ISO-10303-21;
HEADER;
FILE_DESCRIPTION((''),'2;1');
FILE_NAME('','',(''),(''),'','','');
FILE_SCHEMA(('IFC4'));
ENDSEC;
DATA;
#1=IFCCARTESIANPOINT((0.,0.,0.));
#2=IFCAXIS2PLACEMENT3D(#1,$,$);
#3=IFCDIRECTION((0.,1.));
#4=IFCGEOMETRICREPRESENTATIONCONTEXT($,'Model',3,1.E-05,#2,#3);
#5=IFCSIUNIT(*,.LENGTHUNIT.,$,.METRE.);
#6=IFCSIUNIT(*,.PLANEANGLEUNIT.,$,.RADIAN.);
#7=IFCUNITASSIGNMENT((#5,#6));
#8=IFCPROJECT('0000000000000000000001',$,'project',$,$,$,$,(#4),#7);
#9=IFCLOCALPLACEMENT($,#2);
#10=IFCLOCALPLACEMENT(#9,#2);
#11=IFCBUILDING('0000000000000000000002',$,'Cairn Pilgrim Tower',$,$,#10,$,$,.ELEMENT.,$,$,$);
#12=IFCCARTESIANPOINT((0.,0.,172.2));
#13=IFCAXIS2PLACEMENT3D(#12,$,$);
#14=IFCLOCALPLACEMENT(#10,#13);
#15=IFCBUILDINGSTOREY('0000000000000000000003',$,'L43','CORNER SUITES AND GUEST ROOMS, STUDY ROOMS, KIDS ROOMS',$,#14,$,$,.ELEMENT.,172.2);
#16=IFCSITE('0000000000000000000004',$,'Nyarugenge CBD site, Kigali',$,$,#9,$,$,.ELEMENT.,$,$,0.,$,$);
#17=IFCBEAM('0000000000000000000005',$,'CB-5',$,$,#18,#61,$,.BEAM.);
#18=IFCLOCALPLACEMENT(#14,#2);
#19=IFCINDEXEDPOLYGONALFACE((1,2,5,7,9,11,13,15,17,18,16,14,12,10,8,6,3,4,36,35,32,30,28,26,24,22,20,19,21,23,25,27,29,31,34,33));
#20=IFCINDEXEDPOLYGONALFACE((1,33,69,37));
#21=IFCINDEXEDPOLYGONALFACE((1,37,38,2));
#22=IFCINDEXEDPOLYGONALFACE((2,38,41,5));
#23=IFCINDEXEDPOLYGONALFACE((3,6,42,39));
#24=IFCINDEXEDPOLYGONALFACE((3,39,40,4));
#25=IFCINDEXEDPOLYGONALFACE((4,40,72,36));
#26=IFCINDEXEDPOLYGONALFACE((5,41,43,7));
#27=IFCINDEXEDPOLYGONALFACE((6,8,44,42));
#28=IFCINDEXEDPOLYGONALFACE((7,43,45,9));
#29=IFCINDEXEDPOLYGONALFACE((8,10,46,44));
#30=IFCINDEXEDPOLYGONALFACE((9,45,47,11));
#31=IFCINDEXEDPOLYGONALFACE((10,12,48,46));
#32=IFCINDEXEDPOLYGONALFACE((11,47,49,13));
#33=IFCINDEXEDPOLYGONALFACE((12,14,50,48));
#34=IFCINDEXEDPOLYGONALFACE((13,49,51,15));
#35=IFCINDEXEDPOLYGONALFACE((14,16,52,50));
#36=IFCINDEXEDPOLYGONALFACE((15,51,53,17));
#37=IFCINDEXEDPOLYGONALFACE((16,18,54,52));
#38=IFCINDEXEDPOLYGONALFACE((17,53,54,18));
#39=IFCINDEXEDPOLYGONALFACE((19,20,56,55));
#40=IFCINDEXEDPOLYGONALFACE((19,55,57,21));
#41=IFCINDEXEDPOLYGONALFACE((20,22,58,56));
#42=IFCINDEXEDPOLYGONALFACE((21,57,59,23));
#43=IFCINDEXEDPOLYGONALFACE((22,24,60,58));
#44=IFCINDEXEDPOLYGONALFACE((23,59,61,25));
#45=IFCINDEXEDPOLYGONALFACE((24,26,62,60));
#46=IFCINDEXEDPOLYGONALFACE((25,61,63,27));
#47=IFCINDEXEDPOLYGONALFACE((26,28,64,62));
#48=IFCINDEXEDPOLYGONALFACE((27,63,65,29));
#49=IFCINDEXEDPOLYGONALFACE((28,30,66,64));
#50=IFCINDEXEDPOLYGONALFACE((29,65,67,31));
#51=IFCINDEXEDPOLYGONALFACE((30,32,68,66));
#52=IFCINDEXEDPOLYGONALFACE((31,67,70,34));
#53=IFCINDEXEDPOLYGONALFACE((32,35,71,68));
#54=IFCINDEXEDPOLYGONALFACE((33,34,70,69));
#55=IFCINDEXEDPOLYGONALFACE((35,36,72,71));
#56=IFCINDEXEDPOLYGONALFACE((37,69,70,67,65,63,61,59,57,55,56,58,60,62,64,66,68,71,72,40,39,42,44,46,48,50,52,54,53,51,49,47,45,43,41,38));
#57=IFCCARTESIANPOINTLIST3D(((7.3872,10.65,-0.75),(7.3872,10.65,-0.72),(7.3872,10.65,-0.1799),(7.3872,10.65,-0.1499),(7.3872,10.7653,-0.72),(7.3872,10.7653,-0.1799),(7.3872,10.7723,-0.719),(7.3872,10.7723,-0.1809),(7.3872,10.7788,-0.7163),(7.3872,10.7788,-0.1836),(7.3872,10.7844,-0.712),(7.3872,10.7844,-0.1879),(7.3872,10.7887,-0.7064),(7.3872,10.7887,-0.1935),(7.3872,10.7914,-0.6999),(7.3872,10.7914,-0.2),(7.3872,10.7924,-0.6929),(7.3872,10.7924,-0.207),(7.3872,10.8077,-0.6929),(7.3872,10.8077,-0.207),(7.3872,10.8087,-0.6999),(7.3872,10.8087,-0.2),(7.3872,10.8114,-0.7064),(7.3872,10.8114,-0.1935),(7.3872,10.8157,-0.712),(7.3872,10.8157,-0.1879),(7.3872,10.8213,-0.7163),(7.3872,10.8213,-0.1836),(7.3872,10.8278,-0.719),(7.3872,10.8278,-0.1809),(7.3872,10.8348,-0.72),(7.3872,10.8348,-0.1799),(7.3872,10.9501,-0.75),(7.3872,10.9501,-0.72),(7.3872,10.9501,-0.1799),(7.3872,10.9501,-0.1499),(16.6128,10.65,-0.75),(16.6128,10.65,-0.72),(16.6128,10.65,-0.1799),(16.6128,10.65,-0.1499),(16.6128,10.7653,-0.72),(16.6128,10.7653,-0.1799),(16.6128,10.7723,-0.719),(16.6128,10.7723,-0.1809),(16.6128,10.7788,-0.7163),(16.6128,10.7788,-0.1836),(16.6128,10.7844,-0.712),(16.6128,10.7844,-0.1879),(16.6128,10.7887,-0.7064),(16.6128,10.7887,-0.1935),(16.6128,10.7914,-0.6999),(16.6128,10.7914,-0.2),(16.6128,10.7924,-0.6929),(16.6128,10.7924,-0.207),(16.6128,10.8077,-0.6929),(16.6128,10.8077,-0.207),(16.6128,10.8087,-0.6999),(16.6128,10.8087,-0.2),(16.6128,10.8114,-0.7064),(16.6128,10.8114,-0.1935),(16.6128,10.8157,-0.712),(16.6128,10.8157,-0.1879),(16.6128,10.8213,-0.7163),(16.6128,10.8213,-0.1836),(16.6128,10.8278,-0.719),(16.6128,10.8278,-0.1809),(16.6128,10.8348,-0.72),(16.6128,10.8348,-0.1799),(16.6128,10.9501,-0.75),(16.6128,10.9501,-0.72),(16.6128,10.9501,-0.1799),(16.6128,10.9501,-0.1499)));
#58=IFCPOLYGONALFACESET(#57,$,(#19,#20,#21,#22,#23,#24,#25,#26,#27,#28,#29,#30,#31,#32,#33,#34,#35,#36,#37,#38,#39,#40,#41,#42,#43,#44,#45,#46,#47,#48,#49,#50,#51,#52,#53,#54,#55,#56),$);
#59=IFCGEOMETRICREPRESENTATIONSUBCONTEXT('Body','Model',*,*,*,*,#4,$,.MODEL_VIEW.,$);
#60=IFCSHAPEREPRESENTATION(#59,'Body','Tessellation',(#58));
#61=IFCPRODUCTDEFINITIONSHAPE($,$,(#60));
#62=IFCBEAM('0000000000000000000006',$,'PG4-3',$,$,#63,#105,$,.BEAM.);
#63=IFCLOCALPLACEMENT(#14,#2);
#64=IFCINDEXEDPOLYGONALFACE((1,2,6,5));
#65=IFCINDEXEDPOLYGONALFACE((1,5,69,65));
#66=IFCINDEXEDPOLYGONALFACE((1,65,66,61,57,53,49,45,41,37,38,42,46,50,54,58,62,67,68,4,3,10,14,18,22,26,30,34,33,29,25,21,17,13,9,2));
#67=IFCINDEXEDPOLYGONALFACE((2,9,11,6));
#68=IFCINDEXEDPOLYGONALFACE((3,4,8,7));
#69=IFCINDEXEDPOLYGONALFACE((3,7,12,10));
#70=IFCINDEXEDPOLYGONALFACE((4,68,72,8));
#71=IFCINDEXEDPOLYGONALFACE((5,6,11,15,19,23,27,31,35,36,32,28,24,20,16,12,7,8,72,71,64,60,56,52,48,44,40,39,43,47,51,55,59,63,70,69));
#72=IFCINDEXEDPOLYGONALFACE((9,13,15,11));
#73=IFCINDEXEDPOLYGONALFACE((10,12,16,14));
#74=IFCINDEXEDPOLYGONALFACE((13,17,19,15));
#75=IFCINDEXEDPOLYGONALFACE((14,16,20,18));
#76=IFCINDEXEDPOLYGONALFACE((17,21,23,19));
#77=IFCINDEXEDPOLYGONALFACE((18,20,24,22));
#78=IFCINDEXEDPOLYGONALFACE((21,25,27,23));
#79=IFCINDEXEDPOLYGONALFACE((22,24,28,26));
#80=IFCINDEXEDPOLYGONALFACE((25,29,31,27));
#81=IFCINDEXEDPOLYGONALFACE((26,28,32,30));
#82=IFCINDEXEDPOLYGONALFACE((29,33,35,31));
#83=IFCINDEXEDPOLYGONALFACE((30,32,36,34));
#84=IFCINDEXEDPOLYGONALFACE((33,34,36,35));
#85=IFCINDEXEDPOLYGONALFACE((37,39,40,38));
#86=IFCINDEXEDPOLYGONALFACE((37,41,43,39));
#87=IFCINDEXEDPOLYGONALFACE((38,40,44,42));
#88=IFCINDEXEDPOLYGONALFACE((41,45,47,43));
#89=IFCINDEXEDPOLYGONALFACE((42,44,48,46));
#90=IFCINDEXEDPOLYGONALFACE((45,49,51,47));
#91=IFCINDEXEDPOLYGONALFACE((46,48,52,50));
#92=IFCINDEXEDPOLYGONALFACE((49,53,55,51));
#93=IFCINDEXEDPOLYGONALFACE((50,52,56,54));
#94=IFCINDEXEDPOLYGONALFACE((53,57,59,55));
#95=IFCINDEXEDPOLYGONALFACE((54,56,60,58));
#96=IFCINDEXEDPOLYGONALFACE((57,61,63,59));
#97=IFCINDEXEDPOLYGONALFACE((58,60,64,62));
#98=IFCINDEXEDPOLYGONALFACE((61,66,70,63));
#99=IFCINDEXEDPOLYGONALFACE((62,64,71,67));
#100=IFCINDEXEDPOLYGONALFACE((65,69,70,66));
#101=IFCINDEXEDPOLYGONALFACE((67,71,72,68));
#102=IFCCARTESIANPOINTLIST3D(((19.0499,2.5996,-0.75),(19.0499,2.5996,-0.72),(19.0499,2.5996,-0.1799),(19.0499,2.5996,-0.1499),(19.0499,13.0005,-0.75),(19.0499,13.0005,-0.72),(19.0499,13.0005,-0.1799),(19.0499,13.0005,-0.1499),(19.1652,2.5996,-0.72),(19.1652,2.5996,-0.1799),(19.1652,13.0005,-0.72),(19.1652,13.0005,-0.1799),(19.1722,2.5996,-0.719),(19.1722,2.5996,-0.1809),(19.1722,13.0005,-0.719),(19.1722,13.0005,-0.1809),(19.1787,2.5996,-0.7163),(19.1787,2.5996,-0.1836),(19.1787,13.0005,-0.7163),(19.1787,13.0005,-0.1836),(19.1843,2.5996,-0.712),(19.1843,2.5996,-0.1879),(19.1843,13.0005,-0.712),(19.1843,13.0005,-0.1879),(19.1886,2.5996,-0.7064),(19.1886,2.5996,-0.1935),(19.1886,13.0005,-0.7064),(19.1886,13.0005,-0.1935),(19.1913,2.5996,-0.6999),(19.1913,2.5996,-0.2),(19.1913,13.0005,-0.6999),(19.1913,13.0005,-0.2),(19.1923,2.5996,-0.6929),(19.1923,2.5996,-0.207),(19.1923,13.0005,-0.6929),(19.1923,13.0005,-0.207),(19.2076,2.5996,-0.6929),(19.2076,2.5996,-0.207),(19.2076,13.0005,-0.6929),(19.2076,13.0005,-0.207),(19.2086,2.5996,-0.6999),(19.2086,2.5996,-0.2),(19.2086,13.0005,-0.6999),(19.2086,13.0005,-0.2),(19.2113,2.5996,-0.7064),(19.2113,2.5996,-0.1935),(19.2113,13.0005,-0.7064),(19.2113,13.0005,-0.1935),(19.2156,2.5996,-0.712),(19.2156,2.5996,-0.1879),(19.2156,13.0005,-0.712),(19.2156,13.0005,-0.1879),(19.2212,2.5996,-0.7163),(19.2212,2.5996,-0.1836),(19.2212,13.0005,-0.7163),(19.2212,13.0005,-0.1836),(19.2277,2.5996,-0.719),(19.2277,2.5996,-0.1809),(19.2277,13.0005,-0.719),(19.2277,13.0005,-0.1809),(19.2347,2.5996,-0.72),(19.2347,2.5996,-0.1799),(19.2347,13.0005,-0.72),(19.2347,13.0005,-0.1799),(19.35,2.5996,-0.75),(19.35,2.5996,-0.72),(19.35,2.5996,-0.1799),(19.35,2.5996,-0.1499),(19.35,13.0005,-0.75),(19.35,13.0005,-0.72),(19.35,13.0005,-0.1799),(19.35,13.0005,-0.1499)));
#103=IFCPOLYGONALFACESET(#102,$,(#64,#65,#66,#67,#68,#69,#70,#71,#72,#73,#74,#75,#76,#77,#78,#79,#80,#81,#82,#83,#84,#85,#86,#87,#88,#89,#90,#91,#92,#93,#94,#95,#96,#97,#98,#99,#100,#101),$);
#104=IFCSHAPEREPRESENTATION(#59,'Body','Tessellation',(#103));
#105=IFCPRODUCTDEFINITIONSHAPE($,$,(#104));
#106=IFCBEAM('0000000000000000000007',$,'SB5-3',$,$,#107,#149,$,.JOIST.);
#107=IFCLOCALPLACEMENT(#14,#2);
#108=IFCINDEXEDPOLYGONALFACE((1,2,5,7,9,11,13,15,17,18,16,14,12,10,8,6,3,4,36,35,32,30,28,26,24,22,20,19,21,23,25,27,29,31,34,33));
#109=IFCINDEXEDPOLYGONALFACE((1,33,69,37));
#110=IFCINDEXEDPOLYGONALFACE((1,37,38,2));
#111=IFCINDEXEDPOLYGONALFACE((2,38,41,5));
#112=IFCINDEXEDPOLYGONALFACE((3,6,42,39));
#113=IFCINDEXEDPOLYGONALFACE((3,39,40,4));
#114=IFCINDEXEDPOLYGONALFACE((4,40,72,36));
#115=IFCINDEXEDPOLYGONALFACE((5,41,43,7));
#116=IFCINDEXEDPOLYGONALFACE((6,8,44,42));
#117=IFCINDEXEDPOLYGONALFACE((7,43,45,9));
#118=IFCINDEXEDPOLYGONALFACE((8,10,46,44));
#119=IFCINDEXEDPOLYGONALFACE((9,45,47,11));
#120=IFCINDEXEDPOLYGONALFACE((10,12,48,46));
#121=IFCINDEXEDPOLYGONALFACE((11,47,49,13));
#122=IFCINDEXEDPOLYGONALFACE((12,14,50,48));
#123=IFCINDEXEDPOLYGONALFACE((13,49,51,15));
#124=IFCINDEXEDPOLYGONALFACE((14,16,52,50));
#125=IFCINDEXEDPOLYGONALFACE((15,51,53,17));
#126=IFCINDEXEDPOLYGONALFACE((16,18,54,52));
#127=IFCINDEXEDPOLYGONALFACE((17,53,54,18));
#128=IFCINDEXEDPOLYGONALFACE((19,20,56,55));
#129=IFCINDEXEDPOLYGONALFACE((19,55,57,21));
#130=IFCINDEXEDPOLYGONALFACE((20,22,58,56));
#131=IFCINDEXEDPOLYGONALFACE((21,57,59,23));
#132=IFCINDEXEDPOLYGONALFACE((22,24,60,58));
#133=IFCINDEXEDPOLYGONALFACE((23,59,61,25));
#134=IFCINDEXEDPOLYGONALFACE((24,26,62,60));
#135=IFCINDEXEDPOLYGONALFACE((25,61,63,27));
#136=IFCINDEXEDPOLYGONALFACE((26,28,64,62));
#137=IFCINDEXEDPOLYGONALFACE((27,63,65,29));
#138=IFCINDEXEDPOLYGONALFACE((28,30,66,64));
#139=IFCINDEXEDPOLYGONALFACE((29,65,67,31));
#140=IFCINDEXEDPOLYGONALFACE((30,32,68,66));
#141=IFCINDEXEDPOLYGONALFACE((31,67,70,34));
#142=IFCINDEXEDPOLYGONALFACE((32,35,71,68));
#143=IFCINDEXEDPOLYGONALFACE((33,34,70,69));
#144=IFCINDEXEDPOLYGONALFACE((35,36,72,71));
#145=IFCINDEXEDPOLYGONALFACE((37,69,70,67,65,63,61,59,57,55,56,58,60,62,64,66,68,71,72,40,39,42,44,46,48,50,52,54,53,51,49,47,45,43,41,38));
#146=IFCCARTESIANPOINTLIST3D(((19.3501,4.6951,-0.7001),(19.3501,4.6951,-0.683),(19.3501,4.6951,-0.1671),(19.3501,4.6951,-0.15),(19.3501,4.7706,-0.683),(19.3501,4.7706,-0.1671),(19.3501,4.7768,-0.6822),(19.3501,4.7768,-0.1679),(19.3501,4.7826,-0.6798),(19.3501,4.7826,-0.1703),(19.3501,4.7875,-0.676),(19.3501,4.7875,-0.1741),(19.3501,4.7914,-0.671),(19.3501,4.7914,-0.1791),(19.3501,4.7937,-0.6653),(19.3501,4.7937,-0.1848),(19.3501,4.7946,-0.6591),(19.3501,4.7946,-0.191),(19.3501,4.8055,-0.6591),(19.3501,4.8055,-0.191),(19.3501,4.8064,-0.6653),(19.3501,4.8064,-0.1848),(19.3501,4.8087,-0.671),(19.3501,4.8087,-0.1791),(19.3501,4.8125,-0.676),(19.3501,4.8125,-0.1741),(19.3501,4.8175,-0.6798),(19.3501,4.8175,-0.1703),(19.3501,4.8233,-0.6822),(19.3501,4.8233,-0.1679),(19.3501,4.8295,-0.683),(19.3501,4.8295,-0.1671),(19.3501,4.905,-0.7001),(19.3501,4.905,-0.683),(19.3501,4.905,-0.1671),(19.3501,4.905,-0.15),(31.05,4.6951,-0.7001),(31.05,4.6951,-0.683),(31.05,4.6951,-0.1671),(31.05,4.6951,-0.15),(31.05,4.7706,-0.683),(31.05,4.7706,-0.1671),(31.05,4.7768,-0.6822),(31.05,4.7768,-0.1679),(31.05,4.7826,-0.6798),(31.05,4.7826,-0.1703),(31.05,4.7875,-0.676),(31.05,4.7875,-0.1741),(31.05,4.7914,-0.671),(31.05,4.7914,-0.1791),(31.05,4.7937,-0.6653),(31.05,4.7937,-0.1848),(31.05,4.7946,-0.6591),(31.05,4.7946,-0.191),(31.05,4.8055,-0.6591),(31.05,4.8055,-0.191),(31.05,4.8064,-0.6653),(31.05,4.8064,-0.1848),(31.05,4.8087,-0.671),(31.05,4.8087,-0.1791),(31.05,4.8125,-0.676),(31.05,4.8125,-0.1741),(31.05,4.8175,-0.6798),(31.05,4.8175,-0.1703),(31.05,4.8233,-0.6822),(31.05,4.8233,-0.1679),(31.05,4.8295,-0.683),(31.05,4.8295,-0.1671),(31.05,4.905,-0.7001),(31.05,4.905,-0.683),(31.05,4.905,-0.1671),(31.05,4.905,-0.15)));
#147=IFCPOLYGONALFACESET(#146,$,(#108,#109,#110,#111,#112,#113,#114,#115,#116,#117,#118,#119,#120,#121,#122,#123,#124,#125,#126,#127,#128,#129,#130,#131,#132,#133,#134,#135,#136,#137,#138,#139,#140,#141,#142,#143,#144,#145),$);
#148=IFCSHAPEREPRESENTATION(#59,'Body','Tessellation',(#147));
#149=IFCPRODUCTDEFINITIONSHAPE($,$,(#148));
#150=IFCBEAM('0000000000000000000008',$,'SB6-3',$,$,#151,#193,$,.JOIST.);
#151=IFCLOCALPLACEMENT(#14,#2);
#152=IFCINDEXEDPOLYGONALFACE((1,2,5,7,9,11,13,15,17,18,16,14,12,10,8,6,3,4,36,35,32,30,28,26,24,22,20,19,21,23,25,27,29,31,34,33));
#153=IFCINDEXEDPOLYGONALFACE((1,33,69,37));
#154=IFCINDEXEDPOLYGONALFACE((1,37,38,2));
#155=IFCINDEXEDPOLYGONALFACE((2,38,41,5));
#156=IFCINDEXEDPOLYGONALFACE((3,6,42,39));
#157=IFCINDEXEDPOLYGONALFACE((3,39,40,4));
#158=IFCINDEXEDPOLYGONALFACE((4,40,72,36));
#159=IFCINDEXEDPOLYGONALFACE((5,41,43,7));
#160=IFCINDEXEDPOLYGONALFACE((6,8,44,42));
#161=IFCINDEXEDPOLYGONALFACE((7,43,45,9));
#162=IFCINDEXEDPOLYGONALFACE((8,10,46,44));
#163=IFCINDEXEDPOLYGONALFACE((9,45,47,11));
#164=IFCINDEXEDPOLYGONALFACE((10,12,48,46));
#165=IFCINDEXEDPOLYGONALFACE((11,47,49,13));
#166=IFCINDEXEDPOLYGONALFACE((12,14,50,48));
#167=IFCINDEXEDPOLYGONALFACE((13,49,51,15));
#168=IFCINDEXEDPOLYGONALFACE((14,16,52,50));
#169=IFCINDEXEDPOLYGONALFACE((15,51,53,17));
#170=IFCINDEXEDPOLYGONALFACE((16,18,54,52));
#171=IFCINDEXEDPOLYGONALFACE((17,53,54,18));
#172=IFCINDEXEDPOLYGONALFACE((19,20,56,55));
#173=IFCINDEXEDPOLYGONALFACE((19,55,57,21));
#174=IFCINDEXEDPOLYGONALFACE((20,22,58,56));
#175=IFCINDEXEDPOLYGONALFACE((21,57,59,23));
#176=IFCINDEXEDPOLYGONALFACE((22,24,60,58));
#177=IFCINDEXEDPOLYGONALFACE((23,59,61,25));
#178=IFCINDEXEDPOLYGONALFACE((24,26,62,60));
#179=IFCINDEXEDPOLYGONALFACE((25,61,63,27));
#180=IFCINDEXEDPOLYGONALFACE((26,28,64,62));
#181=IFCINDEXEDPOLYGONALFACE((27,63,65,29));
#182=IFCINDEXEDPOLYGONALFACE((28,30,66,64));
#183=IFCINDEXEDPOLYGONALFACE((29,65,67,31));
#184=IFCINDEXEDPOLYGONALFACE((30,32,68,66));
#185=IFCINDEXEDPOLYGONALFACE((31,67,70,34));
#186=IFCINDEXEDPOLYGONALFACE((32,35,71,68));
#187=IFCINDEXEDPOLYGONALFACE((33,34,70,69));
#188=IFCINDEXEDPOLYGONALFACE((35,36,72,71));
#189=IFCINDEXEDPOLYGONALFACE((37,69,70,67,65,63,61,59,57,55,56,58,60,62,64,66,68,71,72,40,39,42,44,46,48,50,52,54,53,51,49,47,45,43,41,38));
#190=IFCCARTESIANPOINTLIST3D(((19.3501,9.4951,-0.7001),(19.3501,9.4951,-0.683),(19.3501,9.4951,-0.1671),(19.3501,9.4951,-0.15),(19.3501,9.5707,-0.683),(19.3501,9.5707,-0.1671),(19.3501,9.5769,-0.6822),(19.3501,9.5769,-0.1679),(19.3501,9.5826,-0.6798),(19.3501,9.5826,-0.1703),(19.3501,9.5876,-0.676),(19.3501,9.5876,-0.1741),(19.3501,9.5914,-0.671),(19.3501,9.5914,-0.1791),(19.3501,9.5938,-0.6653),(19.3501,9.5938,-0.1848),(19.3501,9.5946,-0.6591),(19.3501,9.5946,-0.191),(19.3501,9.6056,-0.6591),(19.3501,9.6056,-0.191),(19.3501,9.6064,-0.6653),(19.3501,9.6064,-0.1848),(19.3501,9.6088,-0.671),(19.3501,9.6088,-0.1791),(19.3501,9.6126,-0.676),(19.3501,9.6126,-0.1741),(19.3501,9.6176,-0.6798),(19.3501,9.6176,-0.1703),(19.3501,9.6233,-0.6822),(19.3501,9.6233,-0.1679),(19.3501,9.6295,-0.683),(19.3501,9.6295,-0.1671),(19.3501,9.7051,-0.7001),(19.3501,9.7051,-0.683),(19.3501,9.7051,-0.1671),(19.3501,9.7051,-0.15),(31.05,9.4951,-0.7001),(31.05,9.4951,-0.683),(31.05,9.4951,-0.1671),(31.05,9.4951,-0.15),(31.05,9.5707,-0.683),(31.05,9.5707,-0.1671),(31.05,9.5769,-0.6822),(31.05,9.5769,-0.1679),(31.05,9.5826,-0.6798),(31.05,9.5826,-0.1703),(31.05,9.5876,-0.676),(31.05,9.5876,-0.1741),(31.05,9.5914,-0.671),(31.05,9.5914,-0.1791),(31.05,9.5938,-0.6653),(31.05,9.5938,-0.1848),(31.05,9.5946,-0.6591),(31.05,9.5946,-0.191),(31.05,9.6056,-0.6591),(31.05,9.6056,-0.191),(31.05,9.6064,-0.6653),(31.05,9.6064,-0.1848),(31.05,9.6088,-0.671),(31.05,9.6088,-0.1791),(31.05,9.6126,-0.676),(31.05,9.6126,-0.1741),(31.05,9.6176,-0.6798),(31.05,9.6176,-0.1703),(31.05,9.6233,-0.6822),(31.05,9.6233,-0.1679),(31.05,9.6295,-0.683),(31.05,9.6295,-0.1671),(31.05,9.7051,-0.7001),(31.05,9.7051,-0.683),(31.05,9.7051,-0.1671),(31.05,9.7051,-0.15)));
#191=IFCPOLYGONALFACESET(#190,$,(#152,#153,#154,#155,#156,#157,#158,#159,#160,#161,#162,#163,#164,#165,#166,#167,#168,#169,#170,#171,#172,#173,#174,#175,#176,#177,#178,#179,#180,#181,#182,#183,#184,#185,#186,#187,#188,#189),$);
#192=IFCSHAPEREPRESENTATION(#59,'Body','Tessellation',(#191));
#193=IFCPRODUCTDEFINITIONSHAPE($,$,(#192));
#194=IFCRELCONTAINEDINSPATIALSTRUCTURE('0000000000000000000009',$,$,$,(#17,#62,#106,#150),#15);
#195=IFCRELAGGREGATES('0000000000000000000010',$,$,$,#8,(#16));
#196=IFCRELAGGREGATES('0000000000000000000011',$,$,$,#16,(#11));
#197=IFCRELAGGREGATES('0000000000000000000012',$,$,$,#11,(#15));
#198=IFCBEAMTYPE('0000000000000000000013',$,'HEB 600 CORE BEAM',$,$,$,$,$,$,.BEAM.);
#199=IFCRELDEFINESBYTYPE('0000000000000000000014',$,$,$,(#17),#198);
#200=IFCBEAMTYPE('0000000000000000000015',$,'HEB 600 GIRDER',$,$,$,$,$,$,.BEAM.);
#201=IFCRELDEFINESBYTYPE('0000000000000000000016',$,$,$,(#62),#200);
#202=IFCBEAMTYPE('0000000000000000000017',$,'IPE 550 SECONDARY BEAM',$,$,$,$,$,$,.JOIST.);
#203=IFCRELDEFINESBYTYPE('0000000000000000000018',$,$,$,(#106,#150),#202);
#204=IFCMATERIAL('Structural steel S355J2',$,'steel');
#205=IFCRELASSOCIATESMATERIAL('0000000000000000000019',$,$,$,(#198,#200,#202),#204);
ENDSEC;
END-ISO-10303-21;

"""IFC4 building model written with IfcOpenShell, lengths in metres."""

from ifc_helpers import new_model, si_unit, direction, frame, origin, origin_2d, place, context, subcontext, project, spatial, i_section, extrude, material, material_profile, profile_set, type_object, element, save


model = new_model("IFC4")

# Units and contexts
model_context = context("Model", 3, precision=1e-05, world=origin(), true_north=direction((0.0, 1.0)))
body_context = subcontext(model_context, "Body", "Model", "MODEL_VIEW")
ifc_project = project(units=[si_unit("LENGTHUNIT", "METRE"), si_unit("PLANEANGLEUNIT", "RADIAN")], contexts=[model_context])

# Site, building, storey
site_placement = place(None, origin())
site = spatial("IfcSite", under=ifc_project, at=site_placement, Name="Nyarugenge CBD site, Kigali", CompositionType="ELEMENT", RefElevation=0.0)
building_placement = place(site_placement, origin())
building = spatial("IfcBuilding", under=site, at=building_placement, Name="Cairn Pilgrim Tower", CompositionType="ELEMENT")
storey_placement = place(building_placement, frame((0.0, 0.0, 172.2)))
storey = spatial("IfcBuildingStorey", under=building, at=storey_placement, Name="L43", Description="CORNER SUITES AND GUEST ROOMS, STUDY ROOMS, KIDS ROOMS", CompositionType="ELEMENT", Elevation=172.2)

# Shared definitions
ifc_material_1 = material(Name="Structural steel S355J2", Category="steel")

# Beams
ifc_material_profile_1 = material_profile(ifc_material_1, i_section(OverallWidth=0.3, OverallDepth=0.6001, WebThickness=0.0154, FlangeThickness=0.03, FilletRadius=0.0271, at=origin_2d()), Name="HEB 600")
ifc_profile_set_1 = profile_set([ifc_material_profile_1], Name="Structural steel S355J2")
beam_type_1 = type_object("IfcBeamType", Name="HEB 600 CORE BEAM", PredefinedType="BEAM", material=ifc_profile_set_1)
beam_1_placement = place(storey_placement, frame((16.6128, 10.8, -0.45), z_axis=(-1.0, 0.0, 0.0), x_axis=(0.0, -1.0, 0.0)))
element("IfcBeam", 1, at=beam_1_placement, inside=storey, type_object=beam_type_1, Name="CB-5", PredefinedType="BEAM", context=body_context, shape_type="SweptSolid", body=[
    extrude(i_section(OverallWidth=0.3, OverallDepth=0.6001, WebThickness=0.0154, FlangeThickness=0.03, FilletRadius=0.0271, at=origin_2d()), origin(), (0.0, 0.0, 1.0), 9.2256),
])
ifc_material_profile_2 = material_profile(ifc_material_1, i_section(OverallWidth=0.3, OverallDepth=0.6001, WebThickness=0.0154, FlangeThickness=0.03, FilletRadius=0.0271, at=origin_2d()), Name="HEB 600")
ifc_profile_set_2 = profile_set([ifc_material_profile_2], Name="Structural steel S355J2")
beam_type_2 = type_object("IfcBeamType", Name="HEB 600 GIRDER", PredefinedType="BEAM", material=ifc_profile_set_2)
beam_2_placement = place(storey_placement, frame((19.2, 2.5996, -0.45), z_axis=(0.0, 1.0, 0.0), x_axis=(-1.0, 0.0, 0.0)))
element("IfcBeam", 2, at=beam_2_placement, inside=storey, type_object=beam_type_2, Name="PG4-3", PredefinedType="BEAM", context=body_context, shape_type="SweptSolid", body=[
    extrude(i_section(OverallWidth=0.3, OverallDepth=0.6001, WebThickness=0.0154, FlangeThickness=0.03, FilletRadius=0.0271, at=origin_2d()), origin(), (0.0, 0.0, 1.0), 10.4009),
])
ifc_material_profile_3 = material_profile(ifc_material_1, i_section(OverallWidth=0.21, OverallDepth=0.55, WebThickness=0.011, FlangeThickness=0.0171, FilletRadius=0.0239, at=origin_2d()), Name="IPE 550")
ifc_profile_set_3 = profile_set([ifc_material_profile_3], Name="Structural steel S355J2")
beam_type_3 = type_object("IfcBeamType", Name="IPE 550 SECONDARY BEAM", PredefinedType="JOIST", material=ifc_profile_set_3)
for number, where, z_axis, x_axis, name in (
    (3, (19.3501, 4.8, -0.425), (1.0, 0.0, 0.0), (0.0, 1.0, 0.0), "SB5-3"),
    (4, (19.3501, 9.6001, -0.425), (1.0, 0.0, 0.0), (0.0, 1.0, 0.0), "SB6-3"),
):
    element("IfcBeam", number, at=place(storey_placement, frame(where, z_axis=z_axis, x_axis=x_axis)), inside=storey, type_object=beam_type_3, Name=name, PredefinedType="JOIST", context=body_context, shape_type="SweptSolid", body=[
        extrude(i_section(OverallWidth=0.21, OverallDepth=0.55, WebThickness=0.011, FlangeThickness=0.0171, FilletRadius=0.0239, at=origin_2d()), origin(), (0.0, 0.0, 1.0), 11.7),
    ])

save(model, "model.ifc")
